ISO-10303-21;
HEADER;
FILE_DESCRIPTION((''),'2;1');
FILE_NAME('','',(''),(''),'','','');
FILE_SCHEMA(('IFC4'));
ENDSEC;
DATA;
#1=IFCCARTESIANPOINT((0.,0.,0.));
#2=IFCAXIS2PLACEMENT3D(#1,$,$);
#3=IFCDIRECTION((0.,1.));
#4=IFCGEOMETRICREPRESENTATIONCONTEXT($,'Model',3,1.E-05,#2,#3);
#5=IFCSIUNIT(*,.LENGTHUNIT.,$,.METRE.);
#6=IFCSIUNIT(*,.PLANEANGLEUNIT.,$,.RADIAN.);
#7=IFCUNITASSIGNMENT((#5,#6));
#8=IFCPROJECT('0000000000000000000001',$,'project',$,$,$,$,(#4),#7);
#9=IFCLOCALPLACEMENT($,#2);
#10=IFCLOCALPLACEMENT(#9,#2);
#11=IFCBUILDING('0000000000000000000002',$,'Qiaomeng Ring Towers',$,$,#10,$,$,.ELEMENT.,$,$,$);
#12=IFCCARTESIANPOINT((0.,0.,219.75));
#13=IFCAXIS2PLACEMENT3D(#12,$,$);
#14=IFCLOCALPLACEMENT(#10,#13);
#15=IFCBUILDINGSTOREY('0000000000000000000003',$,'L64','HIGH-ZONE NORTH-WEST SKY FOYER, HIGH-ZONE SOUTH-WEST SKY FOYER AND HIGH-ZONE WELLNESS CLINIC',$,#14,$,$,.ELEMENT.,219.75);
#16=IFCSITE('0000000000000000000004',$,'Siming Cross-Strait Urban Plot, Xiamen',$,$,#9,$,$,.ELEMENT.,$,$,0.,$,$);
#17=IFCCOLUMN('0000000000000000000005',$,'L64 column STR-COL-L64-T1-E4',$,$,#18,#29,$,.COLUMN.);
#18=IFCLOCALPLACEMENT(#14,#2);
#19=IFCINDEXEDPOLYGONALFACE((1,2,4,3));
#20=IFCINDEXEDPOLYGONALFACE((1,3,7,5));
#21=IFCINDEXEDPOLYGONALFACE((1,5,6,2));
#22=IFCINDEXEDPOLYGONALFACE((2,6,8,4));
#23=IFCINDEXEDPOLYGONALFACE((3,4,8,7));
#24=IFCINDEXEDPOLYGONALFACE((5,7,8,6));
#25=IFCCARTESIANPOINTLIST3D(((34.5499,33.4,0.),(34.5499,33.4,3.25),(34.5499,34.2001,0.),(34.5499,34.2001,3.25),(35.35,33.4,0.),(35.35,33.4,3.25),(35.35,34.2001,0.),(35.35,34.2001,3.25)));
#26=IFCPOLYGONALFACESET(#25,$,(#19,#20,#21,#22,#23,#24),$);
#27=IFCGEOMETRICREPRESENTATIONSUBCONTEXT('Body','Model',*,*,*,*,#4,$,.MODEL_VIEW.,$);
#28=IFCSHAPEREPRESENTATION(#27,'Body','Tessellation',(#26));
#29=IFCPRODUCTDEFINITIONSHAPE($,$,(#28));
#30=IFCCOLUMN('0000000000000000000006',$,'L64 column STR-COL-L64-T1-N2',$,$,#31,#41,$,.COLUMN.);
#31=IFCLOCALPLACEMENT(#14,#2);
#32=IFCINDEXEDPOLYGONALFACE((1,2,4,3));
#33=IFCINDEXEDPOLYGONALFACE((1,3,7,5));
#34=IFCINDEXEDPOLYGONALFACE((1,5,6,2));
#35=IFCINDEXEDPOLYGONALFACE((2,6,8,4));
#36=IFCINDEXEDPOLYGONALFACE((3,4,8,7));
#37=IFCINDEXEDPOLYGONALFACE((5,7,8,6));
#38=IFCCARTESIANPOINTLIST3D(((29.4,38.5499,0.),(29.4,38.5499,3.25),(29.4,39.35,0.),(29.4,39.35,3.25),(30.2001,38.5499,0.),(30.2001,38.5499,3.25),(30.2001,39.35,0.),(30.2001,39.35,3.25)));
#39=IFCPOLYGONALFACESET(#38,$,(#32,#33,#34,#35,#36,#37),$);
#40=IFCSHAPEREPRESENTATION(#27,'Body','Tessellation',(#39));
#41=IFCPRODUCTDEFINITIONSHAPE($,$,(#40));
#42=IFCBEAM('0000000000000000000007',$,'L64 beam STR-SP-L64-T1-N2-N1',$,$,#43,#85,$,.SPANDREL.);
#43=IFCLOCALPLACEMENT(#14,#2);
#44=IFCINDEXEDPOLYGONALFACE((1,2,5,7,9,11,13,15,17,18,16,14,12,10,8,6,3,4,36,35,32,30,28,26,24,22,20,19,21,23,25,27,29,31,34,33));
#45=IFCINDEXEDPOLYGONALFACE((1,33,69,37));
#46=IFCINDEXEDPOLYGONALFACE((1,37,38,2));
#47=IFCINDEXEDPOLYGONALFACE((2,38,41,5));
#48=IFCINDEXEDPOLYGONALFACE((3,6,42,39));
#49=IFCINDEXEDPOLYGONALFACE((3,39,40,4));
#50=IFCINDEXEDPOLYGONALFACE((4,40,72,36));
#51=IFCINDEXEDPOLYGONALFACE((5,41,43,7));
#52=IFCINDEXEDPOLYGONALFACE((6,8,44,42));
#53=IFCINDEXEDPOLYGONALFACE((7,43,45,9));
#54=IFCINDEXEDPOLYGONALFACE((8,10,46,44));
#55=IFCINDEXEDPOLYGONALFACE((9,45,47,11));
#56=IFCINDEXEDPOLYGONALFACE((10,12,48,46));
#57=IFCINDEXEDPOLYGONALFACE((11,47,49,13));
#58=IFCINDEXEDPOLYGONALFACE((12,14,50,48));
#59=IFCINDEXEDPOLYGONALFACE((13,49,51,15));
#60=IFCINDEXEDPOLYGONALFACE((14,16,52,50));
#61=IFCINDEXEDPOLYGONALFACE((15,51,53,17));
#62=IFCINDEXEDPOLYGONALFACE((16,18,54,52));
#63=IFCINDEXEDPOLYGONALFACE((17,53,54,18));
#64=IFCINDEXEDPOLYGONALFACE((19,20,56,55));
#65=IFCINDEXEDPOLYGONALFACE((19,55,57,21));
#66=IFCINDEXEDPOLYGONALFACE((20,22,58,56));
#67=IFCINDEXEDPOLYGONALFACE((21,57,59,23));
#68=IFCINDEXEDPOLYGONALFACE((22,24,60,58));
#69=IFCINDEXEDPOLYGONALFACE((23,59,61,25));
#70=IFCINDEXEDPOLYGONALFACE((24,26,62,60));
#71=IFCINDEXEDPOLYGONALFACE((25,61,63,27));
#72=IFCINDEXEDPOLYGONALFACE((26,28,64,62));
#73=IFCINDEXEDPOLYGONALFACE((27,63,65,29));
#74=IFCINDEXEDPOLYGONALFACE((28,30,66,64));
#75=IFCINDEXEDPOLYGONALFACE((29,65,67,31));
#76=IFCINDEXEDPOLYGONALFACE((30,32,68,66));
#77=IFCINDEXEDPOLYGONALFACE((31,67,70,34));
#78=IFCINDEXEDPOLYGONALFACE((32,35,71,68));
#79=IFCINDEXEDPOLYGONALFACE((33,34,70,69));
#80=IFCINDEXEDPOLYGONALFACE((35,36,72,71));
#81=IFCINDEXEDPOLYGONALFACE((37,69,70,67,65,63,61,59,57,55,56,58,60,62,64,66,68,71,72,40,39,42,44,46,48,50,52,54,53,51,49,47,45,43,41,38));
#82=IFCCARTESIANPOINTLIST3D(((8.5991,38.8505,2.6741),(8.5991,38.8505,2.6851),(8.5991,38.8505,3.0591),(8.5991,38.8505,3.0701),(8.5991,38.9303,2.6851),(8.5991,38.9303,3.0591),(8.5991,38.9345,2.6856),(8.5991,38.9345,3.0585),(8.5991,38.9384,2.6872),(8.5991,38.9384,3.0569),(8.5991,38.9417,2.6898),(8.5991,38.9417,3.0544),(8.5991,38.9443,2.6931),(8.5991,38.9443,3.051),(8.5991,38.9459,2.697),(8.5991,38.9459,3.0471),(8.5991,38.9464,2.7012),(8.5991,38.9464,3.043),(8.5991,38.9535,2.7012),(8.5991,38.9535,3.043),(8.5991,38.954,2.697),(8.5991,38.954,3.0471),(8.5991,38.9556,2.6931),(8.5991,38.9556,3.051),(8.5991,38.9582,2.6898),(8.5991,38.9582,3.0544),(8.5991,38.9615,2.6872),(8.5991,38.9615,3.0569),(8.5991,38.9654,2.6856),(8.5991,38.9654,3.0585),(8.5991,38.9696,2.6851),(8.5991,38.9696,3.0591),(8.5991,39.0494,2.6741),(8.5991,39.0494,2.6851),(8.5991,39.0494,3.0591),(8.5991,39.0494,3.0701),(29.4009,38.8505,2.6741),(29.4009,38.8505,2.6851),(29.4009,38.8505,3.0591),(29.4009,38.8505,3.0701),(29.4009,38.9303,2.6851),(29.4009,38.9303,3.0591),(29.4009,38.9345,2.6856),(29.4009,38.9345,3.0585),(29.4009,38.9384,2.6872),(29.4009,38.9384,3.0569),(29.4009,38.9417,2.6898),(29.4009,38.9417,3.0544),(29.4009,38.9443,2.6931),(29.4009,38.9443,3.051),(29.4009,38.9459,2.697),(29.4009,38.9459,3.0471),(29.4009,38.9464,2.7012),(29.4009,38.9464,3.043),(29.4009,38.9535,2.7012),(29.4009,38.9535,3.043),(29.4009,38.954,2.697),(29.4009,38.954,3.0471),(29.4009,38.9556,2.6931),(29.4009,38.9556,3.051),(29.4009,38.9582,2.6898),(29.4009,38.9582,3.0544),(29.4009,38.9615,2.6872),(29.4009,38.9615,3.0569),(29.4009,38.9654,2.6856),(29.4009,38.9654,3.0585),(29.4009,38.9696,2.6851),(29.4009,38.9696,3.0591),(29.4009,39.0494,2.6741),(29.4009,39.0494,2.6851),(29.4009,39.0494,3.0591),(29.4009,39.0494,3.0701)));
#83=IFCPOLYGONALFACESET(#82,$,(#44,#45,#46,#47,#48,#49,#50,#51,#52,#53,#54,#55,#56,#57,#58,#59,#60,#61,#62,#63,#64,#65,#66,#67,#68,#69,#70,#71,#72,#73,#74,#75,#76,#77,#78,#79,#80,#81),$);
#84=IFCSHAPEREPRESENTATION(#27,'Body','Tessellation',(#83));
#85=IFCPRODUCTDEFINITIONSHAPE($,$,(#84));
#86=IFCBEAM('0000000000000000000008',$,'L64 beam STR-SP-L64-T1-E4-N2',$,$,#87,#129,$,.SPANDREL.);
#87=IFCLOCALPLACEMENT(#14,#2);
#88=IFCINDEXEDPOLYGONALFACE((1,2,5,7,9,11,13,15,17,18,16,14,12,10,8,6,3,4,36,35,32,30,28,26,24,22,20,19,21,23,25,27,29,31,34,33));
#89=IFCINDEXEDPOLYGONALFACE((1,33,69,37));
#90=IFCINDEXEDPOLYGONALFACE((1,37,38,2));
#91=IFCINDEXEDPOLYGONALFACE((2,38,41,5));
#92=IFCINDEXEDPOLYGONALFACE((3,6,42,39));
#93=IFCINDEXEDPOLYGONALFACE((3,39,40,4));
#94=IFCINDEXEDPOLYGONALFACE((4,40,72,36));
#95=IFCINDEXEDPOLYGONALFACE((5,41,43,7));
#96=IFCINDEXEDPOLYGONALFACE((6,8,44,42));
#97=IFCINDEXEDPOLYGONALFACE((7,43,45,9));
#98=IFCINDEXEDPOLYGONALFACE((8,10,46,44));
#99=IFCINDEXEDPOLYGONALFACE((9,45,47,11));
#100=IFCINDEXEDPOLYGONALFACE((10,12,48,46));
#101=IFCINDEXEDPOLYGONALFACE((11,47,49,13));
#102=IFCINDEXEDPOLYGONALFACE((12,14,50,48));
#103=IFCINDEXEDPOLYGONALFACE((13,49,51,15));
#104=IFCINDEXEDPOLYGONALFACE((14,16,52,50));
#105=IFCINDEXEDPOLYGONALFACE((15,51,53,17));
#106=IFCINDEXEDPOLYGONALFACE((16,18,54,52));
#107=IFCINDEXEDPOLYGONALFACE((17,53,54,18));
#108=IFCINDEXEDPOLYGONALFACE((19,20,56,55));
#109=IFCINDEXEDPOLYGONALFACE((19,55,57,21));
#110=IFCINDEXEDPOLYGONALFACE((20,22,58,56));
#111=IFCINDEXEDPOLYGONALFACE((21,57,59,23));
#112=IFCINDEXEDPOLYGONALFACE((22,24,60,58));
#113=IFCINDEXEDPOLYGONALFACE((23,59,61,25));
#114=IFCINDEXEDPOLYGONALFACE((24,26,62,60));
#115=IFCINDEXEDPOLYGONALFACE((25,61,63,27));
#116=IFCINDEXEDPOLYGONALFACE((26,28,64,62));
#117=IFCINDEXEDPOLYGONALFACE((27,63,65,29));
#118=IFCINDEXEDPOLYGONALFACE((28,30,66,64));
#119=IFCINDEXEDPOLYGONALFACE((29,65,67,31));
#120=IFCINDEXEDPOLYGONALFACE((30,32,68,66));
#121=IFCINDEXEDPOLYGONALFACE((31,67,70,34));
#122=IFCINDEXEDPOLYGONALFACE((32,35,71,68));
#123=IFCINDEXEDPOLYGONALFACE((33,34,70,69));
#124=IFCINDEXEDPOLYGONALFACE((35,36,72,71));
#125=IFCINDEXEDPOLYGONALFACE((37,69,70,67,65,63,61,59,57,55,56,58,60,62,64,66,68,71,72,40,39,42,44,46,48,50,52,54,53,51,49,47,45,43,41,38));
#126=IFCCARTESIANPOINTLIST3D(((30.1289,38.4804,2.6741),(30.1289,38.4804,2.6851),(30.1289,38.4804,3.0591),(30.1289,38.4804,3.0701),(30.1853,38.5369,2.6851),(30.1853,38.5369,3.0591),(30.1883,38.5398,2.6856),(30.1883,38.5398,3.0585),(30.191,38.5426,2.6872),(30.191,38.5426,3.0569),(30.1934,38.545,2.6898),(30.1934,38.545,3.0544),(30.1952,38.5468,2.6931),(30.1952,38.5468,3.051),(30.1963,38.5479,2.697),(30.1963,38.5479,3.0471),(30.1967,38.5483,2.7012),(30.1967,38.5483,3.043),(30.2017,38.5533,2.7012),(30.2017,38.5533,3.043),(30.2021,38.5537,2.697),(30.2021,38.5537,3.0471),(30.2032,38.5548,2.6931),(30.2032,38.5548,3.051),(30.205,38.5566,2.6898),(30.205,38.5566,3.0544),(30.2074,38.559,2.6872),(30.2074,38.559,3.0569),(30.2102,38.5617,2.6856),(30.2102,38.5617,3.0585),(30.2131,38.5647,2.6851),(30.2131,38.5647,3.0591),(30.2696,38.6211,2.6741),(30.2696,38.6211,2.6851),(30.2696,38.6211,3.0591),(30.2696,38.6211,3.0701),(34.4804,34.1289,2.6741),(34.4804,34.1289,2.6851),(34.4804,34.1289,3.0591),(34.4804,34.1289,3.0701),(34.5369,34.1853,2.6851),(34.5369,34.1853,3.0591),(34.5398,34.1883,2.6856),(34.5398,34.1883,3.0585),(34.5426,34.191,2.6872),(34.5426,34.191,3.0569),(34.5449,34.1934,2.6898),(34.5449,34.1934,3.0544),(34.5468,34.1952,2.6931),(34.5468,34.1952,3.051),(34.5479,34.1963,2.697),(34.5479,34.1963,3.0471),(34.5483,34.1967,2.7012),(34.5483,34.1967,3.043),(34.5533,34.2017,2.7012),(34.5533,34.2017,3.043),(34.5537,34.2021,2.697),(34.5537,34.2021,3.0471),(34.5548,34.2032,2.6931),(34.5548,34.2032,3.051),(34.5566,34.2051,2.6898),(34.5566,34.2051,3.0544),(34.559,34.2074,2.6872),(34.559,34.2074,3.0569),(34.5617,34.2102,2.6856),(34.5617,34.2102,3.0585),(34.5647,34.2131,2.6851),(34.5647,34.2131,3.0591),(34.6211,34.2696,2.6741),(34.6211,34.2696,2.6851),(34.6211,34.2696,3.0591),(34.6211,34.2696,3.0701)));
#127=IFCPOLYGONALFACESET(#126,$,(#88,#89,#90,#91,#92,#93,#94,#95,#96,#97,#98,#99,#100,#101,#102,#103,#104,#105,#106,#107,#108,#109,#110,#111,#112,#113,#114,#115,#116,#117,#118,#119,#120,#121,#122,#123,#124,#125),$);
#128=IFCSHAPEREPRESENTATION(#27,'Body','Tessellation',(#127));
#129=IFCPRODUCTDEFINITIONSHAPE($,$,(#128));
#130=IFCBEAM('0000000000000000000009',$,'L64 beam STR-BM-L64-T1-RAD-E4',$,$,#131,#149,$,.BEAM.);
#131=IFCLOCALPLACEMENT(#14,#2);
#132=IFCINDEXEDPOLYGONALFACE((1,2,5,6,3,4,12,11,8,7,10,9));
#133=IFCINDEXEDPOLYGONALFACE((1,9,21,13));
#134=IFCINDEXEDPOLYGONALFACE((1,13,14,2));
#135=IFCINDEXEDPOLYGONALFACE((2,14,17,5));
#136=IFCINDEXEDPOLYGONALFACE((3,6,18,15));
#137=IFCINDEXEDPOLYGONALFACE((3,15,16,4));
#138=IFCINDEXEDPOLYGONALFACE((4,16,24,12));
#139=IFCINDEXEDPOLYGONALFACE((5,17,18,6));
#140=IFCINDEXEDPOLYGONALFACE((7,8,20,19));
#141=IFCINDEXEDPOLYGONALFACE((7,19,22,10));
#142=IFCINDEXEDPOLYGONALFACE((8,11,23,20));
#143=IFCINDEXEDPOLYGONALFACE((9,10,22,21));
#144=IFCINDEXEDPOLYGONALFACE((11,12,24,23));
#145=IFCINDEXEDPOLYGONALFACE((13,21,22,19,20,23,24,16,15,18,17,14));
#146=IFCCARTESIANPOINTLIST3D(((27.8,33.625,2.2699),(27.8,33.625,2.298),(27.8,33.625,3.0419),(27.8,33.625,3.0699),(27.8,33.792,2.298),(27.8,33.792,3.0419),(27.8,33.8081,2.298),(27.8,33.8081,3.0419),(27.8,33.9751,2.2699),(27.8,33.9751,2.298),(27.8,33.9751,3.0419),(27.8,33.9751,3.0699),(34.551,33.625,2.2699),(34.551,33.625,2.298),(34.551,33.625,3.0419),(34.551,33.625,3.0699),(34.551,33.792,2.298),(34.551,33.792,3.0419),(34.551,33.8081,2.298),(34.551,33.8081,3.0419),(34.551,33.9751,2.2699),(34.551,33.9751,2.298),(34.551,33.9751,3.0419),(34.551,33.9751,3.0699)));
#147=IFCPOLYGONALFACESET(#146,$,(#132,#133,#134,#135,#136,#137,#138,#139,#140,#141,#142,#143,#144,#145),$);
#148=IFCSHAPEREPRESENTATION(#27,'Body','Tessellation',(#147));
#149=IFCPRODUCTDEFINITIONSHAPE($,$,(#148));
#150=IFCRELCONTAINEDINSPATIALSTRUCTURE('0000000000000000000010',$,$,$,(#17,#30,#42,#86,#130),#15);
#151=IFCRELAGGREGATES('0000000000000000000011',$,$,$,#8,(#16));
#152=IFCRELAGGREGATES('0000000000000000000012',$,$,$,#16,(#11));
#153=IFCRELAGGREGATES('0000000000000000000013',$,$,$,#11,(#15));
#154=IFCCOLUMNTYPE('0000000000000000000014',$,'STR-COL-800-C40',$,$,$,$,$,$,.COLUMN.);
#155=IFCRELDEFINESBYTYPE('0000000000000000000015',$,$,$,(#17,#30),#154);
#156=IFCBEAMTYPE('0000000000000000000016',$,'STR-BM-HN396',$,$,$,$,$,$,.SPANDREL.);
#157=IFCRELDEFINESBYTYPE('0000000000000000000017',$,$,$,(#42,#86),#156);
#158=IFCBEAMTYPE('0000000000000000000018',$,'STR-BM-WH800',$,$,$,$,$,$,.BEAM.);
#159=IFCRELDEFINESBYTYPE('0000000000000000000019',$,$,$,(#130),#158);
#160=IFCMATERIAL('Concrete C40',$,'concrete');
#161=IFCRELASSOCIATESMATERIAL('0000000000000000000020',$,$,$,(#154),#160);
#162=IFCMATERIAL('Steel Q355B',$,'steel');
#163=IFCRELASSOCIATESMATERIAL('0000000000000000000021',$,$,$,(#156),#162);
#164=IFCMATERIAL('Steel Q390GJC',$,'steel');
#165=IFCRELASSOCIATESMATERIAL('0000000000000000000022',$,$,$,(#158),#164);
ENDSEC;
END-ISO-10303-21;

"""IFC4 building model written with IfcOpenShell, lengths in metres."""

from ifc_helpers import new_model, si_unit, direction, frame, origin, origin_2d, place, context, subcontext, project, spatial, rectangle, i_section, extrude, source, transform, mapped, material, material_profile, profile_set, type_object, element, save


model = new_model("IFC4")

# Units and contexts
model_context = context("Model", 3, precision=1e-05, world=origin(), true_north=direction((0.0, 1.0)))
body_context = subcontext(model_context, "Body", "Model", "MODEL_VIEW")
ifc_project = project(units=[si_unit("LENGTHUNIT", "METRE"), si_unit("PLANEANGLEUNIT", "RADIAN")], contexts=[model_context])

# Site, building, storey
site_placement = place(None, origin())
site = spatial("IfcSite", under=ifc_project, at=site_placement, Name="Siming Cross-Strait Urban Plot, Xiamen", CompositionType="ELEMENT", RefElevation=0.0)
building_placement = place(site_placement, origin())
building = spatial("IfcBuilding", under=site, at=building_placement, Name="Qiaomeng Ring Towers", CompositionType="ELEMENT")
storey_placement = place(building_placement, frame((0.0, 0.0, 219.75)))
storey = spatial("IfcBuildingStorey", under=building, at=storey_placement, Name="L64", Description="HIGH-ZONE NORTH-WEST SKY FOYER, HIGH-ZONE SOUTH-WEST SKY FOYER AND HIGH-ZONE WELLNESS CLINIC", CompositionType="ELEMENT", Elevation=219.75)

# Columns
ifc_material_1 = material(Name="Concrete C40", Category="concrete")
ifc_material_profile_1 = material_profile(ifc_material_1, rectangle(XDim=0.8, YDim=0.8, at=origin_2d()), Name="RC COL 800x800")
ifc_profile_set_1 = profile_set([ifc_material_profile_1], Name="Concrete C40")
column_type = type_object("IfcColumnType", Name="STR-COL-800-C40", PredefinedType="COLUMN", material=ifc_profile_set_1)
shared_shape_1 = source(origin(), body_context, "Body", "SweptSolid", [
    extrude(rectangle(XDim=0.8, YDim=0.8, at=origin_2d()), origin(), (0.0, 0.0, 1.0), 3.25),
])
for number, where, z_axis, x_axis, name in (
    (1, (34.95, 33.8, 0.0), (0.0, 0.0, 1.0), (1.0, 0.0, 0.0), "L64 column STR-COL-L64-T1-E4"),
    (2, (29.8, 38.95, 0.0), (0.0, 0.0, 1.0), (1.0, 0.0, 0.0), "L64 column STR-COL-L64-T1-N2"),
):
    element("IfcColumn", number, at=place(storey_placement, frame(where, z_axis=z_axis, x_axis=x_axis)), inside=storey, type_object=column_type, Name=name, PredefinedType="COLUMN", context=body_context, shape_type="MappedRepresentation", body=[
        mapped(shared_shape_1, transform((0.0, 0.0, 0.0), x_axis=(1.0, 0.0, 0.0), y_axis=(0.0, 1.0, 0.0), z_axis=(0.0, 0.0, 1.0), scale=1.0)),
    ])

# Beams
ifc_material_2 = material(Name="Steel Q355B", Category="steel")
ifc_material_profile_2 = material_profile(ifc_material_2, i_section(OverallWidth=0.199, OverallDepth=0.396, WebThickness=0.0071, FlangeThickness=0.011, FilletRadius=0.0161, at=origin_2d()), Name="HN 396x199x7x11")
ifc_profile_set_2 = profile_set([ifc_material_profile_2], Name="Steel Q355B")
beam_type_1 = type_object("IfcBeamType", Name="STR-BM-HN396", PredefinedType="SPANDREL", material=ifc_profile_set_2)
shared_shape_2 = source(origin(), body_context, "Body", "SweptSolid", [
    extrude(i_section(OverallWidth=0.199, OverallDepth=0.396, WebThickness=0.0071, FlangeThickness=0.011, FilletRadius=0.0161, at=origin_2d()), origin(), (0.0, 0.0, 1.0), 20.8018),
])
beam_1_placement = place(storey_placement, frame((29.4009, 38.95, 2.8721), z_axis=(-1.0, 0.0, 0.0), x_axis=(0.0, -1.0, 0.0)))
element("IfcBeam", 3, at=beam_1_placement, inside=storey, type_object=beam_type_1, Name="L64 beam STR-SP-L64-T1-N2-N1", PredefinedType="SPANDREL", context=body_context, shape_type="MappedRepresentation", body=[
    mapped(shared_shape_2, transform((0.0, 0.0, 0.0), x_axis=(1.0, 0.0, 0.0), y_axis=(0.0, 1.0, 0.0), z_axis=(0.0, 0.0, 1.0), scale=1.0)),
])
shared_shape_3 = source(origin(), body_context, "Body", "SweptSolid", [
    extrude(i_section(OverallWidth=0.199, OverallDepth=0.396, WebThickness=0.0071, FlangeThickness=0.011, FilletRadius=0.0161, at=origin_2d()), origin(), (0.0, 0.0, 1.0), 6.1541),
])
beam_2_placement = place(storey_placement, frame((34.5508, 34.1992, 2.8721), z_axis=(-0.707107, 0.707107, 0.0), x_axis=(-0.707107, -0.707107, 0.0)))
element("IfcBeam", 4, at=beam_2_placement, inside=storey, type_object=beam_type_1, Name="L64 beam STR-SP-L64-T1-E4-N2", PredefinedType="SPANDREL", context=body_context, shape_type="MappedRepresentation", body=[
    mapped(shared_shape_3, transform((0.0, 0.0, 0.0), x_axis=(1.0, 0.0, 0.0), y_axis=(0.0, 1.0, 0.0), z_axis=(0.0, 0.0, 1.0), scale=1.0)),
])
ifc_material_3 = material(Name="Steel Q390GJC", Category="steel")
ifc_material_profile_3 = material_profile(ifc_material_3, i_section(OverallWidth=0.3501, OverallDepth=0.8, WebThickness=0.0161, FlangeThickness=0.0281, at=origin_2d()), Name="WH 800x350x16x28")
ifc_profile_set_3 = profile_set([ifc_material_profile_3], Name="Steel Q390GJC")
beam_type_2 = type_object("IfcBeamType", Name="STR-BM-WH800", PredefinedType="BEAM", material=ifc_profile_set_3)
shared_shape_4 = source(origin(), body_context, "Body", "SweptSolid", [
    extrude(i_section(OverallWidth=0.3501, OverallDepth=0.8, WebThickness=0.0161, FlangeThickness=0.0281, at=origin_2d()), origin(), (0.0, 0.0, 1.0), 6.751),
])
beam_3_placement = place(storey_placement, frame((27.8, 33.8, 2.6699), z_axis=(1.0, 0.0, 0.0), x_axis=(0.0, 1.0, 0.0)))
element("IfcBeam", 5, at=beam_3_placement, inside=storey, type_object=beam_type_2, Name="L64 beam STR-BM-L64-T1-RAD-E4", PredefinedType="BEAM", context=body_context, shape_type="MappedRepresentation", body=[
    mapped(shared_shape_4, transform((0.0, 0.0, 0.0), x_axis=(1.0, 0.0, 0.0), y_axis=(0.0, 1.0, 0.0), z_axis=(0.0, 0.0, 1.0), scale=1.0)),
])

save(model, "model.ifc")
